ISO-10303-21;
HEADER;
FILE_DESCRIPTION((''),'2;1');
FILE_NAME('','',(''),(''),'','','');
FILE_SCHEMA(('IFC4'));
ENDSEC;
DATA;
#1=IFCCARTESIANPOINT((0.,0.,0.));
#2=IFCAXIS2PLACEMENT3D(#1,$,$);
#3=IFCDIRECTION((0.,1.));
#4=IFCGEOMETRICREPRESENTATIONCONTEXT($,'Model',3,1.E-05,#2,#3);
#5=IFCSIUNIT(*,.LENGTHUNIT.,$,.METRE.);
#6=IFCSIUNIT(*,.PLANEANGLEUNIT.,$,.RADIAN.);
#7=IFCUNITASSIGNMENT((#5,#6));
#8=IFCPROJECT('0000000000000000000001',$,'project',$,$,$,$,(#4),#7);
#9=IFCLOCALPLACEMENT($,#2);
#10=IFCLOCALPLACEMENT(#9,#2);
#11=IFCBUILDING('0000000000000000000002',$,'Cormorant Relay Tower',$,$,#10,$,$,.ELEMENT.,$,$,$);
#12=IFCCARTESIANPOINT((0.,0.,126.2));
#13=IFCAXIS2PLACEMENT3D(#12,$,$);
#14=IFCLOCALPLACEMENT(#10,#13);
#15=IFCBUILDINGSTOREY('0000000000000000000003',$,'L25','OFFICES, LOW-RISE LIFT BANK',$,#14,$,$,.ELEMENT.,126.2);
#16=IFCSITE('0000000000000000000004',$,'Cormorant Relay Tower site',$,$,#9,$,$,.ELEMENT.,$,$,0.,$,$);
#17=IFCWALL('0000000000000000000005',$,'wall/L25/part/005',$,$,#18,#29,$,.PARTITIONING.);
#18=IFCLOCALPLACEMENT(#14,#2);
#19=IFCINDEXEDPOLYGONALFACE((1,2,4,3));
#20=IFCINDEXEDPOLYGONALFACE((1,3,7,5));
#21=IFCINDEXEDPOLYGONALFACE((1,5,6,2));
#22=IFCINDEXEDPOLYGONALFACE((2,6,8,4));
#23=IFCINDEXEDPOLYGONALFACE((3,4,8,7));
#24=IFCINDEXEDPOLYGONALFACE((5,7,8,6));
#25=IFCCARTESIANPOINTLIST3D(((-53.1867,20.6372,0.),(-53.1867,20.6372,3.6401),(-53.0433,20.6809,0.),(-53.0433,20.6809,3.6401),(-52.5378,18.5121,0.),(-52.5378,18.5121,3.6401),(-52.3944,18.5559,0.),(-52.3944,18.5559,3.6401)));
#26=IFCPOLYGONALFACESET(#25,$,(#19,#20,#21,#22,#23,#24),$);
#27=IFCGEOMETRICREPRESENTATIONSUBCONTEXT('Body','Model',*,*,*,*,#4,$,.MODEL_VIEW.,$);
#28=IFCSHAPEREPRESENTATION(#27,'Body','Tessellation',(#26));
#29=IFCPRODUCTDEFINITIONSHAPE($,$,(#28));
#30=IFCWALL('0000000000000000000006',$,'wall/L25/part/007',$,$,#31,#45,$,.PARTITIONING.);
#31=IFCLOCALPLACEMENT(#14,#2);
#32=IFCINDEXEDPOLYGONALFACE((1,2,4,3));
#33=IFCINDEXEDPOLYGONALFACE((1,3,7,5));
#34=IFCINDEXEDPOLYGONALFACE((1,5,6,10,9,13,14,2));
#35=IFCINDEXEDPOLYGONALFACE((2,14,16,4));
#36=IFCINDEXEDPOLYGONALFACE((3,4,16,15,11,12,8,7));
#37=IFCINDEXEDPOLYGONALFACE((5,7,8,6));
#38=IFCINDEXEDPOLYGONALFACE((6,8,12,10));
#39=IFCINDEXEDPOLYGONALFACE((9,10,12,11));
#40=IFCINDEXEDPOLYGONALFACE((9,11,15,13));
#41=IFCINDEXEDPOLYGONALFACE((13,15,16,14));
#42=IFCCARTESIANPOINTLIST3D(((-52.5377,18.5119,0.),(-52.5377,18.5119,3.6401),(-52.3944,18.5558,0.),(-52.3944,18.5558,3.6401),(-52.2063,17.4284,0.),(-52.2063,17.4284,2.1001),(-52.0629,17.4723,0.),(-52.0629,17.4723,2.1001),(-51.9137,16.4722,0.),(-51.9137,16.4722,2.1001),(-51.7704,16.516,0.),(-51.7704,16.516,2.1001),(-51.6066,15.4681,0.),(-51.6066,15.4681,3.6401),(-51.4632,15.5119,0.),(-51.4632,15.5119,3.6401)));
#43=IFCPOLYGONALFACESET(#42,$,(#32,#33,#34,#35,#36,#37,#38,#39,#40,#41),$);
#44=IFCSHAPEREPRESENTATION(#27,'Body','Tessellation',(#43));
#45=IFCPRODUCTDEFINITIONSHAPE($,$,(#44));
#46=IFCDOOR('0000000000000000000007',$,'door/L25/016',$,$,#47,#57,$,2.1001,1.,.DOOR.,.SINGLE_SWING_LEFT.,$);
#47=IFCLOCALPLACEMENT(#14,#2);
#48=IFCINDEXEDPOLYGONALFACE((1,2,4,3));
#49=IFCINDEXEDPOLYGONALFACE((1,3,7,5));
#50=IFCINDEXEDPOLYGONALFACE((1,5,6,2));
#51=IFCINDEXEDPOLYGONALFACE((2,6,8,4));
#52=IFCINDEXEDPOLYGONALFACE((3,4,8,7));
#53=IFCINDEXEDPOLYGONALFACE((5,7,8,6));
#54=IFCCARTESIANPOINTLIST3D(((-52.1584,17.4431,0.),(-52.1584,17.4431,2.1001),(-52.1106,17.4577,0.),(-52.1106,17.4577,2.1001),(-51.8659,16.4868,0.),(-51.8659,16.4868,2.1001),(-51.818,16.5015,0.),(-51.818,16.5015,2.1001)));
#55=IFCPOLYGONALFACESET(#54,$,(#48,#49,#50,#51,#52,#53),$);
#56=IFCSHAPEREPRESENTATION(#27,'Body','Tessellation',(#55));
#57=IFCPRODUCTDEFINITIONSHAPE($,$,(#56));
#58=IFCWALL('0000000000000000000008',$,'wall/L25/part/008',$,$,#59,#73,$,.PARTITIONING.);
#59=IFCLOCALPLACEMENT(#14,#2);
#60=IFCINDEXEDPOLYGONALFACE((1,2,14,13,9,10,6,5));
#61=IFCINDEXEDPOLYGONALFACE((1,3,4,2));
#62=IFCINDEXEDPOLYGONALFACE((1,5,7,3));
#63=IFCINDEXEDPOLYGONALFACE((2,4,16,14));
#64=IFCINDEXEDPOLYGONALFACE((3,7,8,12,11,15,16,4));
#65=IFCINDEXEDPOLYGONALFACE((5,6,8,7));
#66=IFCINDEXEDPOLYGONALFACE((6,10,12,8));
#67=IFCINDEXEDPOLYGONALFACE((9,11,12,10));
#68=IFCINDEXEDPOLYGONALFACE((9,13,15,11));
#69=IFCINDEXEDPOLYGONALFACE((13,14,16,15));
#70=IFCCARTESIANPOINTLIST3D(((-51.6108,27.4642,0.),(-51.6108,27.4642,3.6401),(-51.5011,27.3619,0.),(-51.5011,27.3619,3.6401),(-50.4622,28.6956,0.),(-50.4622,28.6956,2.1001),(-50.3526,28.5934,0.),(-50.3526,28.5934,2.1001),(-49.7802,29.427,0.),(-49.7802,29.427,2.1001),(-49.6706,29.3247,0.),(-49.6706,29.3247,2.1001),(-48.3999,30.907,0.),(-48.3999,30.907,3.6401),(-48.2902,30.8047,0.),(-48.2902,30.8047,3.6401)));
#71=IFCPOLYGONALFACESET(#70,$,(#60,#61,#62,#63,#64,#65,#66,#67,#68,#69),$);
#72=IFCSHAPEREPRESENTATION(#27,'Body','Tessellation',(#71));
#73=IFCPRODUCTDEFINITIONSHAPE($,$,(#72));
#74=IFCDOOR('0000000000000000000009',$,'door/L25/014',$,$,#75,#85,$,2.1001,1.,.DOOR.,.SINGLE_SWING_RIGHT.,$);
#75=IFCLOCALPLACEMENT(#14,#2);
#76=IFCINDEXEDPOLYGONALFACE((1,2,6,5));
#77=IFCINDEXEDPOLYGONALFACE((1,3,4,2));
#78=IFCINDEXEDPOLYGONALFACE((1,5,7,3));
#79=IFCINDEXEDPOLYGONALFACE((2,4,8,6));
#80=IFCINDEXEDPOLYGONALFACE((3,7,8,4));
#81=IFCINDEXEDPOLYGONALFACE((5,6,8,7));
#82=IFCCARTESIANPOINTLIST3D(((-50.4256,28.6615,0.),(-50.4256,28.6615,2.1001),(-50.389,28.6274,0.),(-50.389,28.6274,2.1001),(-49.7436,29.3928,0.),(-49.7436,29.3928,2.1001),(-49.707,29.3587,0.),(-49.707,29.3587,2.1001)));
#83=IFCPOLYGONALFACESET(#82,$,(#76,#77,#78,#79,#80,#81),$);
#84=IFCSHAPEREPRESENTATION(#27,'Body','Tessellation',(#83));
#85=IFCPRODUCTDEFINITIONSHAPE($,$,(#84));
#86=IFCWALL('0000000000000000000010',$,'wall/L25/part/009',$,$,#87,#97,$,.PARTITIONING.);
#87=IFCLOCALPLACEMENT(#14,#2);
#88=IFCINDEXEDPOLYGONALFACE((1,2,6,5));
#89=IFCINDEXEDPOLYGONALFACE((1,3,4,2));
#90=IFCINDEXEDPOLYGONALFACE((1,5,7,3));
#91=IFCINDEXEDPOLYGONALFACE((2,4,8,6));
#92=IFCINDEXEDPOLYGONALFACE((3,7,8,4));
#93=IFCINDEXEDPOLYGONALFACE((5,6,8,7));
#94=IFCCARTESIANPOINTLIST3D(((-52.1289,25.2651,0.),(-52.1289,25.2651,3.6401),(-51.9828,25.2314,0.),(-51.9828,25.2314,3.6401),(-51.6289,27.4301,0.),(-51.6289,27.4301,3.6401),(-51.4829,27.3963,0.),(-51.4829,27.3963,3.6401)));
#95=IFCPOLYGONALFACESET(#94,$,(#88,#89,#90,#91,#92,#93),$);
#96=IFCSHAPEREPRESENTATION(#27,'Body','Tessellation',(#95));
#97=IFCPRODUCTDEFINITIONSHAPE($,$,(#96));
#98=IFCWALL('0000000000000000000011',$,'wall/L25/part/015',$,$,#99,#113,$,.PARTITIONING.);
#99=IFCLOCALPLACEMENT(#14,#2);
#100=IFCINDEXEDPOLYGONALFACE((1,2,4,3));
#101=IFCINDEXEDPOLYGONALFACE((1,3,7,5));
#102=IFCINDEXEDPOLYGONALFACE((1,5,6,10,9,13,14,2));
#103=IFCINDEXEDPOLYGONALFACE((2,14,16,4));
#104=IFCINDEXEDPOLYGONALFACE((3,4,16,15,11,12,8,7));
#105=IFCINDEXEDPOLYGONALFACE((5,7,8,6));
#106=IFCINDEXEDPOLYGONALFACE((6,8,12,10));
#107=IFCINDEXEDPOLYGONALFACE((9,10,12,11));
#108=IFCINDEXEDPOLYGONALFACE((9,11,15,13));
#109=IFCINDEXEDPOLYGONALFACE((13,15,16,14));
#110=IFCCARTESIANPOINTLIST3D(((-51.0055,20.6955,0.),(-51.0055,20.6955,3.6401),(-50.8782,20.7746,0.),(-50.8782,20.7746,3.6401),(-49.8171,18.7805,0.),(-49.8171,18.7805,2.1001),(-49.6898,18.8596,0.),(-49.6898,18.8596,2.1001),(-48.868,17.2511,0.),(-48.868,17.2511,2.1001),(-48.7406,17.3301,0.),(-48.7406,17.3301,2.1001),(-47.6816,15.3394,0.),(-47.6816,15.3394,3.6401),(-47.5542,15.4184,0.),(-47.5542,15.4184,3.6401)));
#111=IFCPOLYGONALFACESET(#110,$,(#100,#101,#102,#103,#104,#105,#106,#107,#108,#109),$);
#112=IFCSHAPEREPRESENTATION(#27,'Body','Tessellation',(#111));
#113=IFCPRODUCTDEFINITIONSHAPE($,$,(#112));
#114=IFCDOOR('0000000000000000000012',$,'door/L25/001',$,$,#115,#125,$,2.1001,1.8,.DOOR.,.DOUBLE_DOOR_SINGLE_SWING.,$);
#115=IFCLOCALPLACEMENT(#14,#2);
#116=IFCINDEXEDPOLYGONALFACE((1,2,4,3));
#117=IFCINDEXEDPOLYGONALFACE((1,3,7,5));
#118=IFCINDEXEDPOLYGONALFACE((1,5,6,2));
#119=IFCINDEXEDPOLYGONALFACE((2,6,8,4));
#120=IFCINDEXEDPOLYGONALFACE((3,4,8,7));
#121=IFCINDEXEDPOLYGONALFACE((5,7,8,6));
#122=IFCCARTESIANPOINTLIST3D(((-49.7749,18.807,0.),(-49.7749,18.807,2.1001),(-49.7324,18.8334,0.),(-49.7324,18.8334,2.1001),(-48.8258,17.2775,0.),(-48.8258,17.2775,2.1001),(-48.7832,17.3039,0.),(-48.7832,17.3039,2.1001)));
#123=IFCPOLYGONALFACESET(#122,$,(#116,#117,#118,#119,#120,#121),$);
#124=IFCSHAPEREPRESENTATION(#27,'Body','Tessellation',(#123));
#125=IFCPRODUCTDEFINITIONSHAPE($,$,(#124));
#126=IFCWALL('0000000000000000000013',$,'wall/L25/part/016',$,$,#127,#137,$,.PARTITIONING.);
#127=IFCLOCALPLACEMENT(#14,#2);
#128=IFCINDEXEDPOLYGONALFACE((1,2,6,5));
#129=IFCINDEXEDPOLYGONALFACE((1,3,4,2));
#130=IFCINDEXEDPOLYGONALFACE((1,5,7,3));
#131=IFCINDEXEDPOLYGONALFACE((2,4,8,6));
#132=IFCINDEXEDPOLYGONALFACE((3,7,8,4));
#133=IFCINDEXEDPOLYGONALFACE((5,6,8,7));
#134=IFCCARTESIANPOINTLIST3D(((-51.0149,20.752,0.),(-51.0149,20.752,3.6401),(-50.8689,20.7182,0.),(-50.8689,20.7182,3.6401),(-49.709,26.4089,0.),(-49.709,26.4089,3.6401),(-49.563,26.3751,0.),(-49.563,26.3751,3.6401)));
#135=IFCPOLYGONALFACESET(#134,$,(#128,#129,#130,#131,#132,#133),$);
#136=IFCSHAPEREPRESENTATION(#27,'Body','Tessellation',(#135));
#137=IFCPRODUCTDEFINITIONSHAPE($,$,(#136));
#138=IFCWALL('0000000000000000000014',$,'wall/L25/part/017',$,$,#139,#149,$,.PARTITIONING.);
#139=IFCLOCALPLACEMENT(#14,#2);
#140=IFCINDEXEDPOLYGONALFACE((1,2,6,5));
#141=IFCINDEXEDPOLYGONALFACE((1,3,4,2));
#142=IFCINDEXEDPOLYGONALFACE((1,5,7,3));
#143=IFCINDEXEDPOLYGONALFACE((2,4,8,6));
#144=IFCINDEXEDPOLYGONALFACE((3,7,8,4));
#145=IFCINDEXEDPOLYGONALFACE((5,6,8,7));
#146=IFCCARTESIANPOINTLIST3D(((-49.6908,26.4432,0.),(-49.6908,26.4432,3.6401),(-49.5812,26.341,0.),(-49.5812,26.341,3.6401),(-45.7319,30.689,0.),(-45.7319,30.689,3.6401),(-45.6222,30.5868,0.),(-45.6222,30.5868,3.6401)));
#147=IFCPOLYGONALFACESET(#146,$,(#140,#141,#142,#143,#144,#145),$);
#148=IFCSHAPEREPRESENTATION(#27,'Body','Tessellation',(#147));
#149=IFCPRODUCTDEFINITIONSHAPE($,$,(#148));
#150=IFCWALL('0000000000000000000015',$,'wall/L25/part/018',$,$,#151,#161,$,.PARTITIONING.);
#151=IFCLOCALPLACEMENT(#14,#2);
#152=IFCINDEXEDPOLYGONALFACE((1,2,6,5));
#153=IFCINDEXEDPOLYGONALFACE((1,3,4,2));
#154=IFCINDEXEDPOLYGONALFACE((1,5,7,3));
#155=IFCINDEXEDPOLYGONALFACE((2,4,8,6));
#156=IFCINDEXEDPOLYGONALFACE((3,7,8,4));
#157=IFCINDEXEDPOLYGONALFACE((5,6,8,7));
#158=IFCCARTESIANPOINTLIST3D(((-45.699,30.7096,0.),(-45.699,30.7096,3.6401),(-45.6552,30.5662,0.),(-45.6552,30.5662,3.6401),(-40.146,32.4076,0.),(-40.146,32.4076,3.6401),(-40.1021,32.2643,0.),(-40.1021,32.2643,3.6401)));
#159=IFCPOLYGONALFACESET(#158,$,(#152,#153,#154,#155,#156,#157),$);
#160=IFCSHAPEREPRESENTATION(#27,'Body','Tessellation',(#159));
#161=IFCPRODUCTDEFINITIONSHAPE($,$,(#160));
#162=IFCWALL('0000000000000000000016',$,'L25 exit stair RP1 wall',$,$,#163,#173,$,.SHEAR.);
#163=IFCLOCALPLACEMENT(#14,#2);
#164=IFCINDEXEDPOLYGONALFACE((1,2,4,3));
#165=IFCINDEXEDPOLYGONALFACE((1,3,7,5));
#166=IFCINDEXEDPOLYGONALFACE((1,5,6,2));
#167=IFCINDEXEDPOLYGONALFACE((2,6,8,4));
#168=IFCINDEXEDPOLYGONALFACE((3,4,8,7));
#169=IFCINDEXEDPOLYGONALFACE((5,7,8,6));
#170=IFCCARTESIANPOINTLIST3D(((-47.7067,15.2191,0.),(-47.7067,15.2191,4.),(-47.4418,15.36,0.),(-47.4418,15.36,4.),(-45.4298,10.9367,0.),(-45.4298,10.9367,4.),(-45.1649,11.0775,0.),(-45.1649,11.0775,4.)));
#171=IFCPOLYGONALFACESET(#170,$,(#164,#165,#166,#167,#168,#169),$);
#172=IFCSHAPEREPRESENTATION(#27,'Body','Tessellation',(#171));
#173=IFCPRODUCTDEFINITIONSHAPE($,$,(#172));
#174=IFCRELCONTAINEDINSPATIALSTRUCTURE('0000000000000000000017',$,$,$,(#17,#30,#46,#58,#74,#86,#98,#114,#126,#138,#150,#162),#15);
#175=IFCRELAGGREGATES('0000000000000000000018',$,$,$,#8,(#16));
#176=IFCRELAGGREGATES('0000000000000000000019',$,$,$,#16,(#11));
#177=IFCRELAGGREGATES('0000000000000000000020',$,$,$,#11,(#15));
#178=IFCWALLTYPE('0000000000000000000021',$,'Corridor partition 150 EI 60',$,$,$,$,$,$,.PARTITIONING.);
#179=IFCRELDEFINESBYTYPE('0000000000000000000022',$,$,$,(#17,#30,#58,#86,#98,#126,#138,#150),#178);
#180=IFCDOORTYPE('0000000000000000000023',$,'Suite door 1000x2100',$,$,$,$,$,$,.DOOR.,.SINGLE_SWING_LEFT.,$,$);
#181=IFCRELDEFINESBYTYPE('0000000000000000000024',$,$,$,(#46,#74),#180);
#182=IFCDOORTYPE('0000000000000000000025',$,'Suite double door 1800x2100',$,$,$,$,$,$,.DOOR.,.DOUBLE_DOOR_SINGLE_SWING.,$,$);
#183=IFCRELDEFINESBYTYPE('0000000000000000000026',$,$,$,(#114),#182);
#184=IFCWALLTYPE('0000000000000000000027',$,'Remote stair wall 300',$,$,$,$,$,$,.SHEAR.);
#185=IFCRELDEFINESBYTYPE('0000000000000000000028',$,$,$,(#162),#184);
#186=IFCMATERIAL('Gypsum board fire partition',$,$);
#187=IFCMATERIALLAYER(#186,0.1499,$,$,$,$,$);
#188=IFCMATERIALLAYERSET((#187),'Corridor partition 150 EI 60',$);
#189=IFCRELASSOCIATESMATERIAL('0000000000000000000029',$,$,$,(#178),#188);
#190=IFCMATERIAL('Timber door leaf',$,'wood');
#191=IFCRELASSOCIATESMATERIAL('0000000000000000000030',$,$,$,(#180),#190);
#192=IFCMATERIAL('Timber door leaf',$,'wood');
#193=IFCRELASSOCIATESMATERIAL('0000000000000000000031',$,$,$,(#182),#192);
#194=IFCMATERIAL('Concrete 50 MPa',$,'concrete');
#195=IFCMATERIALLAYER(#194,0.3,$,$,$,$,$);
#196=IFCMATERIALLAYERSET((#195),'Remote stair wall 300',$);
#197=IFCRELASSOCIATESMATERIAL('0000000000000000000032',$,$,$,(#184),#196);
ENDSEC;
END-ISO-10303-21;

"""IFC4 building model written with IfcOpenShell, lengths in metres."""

from ifc_helpers import new_model, si_unit, direction, frame, frame_2d, origin, place, context, subcontext, project, spatial, rectangle, extrude, material, layer, layer_set, type_object, element, fill, save


model = new_model("IFC4")

# Units and contexts
model_context = context("Model", 3, precision=1e-05, world=origin(), true_north=direction((0.0, 1.0)))
body_context = subcontext(model_context, "Body", "Model", "MODEL_VIEW")
ifc_project = project(units=[si_unit("LENGTHUNIT", "METRE"), si_unit("PLANEANGLEUNIT", "RADIAN")], contexts=[model_context])

# Site, building, storey
site_placement = place(None, origin())
site = spatial("IfcSite", under=ifc_project, at=site_placement, Name="Cormorant Relay Tower site", CompositionType="ELEMENT", RefElevation=0.0)
building_placement = place(site_placement, origin())
building = spatial("IfcBuilding", under=site, at=building_placement, Name="Cormorant Relay Tower", CompositionType="ELEMENT")
storey_placement = place(building_placement, frame((0.0, 0.0, 126.2)))
storey = spatial("IfcBuildingStorey", under=building, at=storey_placement, Name="L25", Description="OFFICES, LOW-RISE LIFT BANK", CompositionType="ELEMENT", Elevation=126.2)

# Shared definitions
ifc_material_1 = material(Name="Gypsum board fire partition")
ifc_layer_1 = layer(ifc_material_1, 0.1499)
ifc_layer_set_1 = layer_set([ifc_layer_1], Name="Corridor partition 150 EI 60")
wall_type_1 = type_object("IfcWallType", Name="Corridor partition 150 EI 60", PredefinedType="PARTITIONING", material=ifc_layer_set_1)
ifc_material_2 = material(Name="Timber door leaf", Category="wood")
door_type_1 = type_object("IfcDoorType", Name="Suite door 1000x2100", OperationType="SINGLE_SWING_LEFT", PredefinedType="DOOR", material=ifc_material_2)

# Wall
wall_1_placement = place(storey_placement, frame((-53.115, 20.6589, 0.0), z_axis=(0.0, 0.0, 1.0), x_axis=(0.292062, -0.956399, 0.0)))
element("IfcWall", 1, at=wall_1_placement, inside=storey, type_object=wall_type_1, Name="wall/L25/part/005", PredefinedType="PARTITIONING", context=body_context, shape_type="SweptSolid", body=[
    extrude(rectangle(XDim=2.2219, YDim=0.1499, at=frame_2d((1.1108, 0.0))), origin(), (0.0, 0.0, 1.0), 3.6401),
])

# Walls, openings, doors
wall_2_placement = place(storey_placement, frame((-51.5349, 15.49, 0.0), z_axis=(0.0, 0.0, 1.0), x_axis=(-0.292522, 0.956259, 0.0)))
wall_2 = element("IfcWall", 2, at=wall_2_placement, inside=storey, type_object=wall_type_1, Name="wall/L25/part/007", PredefinedType="PARTITIONING", context=body_context, shape_type="SweptSolid", body=[
    extrude(rectangle(XDim=3.1831, YDim=0.1499, at=frame_2d((1.5916, 0.0))), origin(), (0.0, 0.0, 1.0), 3.6401),
])
opening_1_placement = place(wall_2_placement, frame((1.05, 0.0, 0.0)))
opening_1 = element("IfcOpeningElement", 3, at=opening_1_placement, cuts=wall_2, PredefinedType="OPENING", context=body_context, shape_type="SweptSolid", body=[
    extrude(rectangle(XDim=1.0, YDim=2.1001, at=frame_2d((0.5, 1.05))), frame((0.0, 0.085, 0.0), z_axis=(0.0, -1.0, 0.0), x_axis=(1.0, 0.0, 0.0)), (0.0, 0.0, 1.0), 0.1699),
])
door_1_placement = place(opening_1_placement, origin())
door_1 = element("IfcDoor", 4, at=door_1_placement, inside=storey, type_object=door_type_1, Name="door/L25/016", OperationType="SINGLE_SWING_LEFT", OverallHeight=2.1001, OverallWidth=1.0, PredefinedType="DOOR", context=body_context, shape_type="SweptSolid", body=[
    extrude(rectangle(XDim=1.0, YDim=2.1001, at=frame_2d((0.5, 1.05))), frame((0.0, 0.0249, 0.0), z_axis=(0.0, -1.0, 0.0), x_axis=(1.0, 0.0, 0.0)), (0.0, 0.0, 1.0), 0.05),
])
fill(opening_1, door_1)
wall_3_placement = place(storey_placement, frame((-48.345, 30.856, 0.0), z_axis=(0.0, 0.0, 1.0), x_axis=(-0.682045, -0.73131, 0.0)))
wall_3 = element("IfcWall", 5, at=wall_3_placement, inside=storey, type_object=wall_type_1, Name="wall/L25/part/008", PredefinedType="PARTITIONING", context=body_context, shape_type="SweptSolid", body=[
    extrude(rectangle(XDim=4.7078, YDim=0.1499, at=frame_2d((2.354, 0.0))), origin(), (0.0, 0.0, 1.0), 3.6401),
])
opening_2_placement = place(wall_3_placement, frame((2.0239, 0.0, 0.0)))
opening_2 = element("IfcOpeningElement", 6, at=opening_2_placement, cuts=wall_3, PredefinedType="OPENING", context=body_context, shape_type="SweptSolid", body=[
    extrude(rectangle(XDim=1.0, YDim=2.1001, at=frame_2d((0.5, 1.05))), frame((0.0, 0.085, 0.0), z_axis=(0.0, -1.0, 0.0), x_axis=(1.0, 0.0, 0.0)), (0.0, 0.0, 1.0), 0.1699),
])
door_2_placement = place(opening_2_placement, frame((1.0, 0.0, 0.0), z_axis=(0.0, 0.0, 1.0), x_axis=(-1.0, 0.0, 0.0)))
door_2 = element("IfcDoor", 7, at=door_2_placement, inside=storey, type_object=door_type_1, Name="door/L25/014", OperationType="SINGLE_SWING_RIGHT", OverallHeight=2.1001, OverallWidth=1.0, PredefinedType="DOOR", context=body_context, shape_type="SweptSolid", body=[
    extrude(rectangle(XDim=1.0, YDim=2.1001, at=frame_2d((0.5, 1.05))), frame((0.0, 0.0249, 0.0), z_axis=(0.0, -1.0, 0.0), x_axis=(1.0, 0.0, 0.0)), (0.0, 0.0, 1.0), 0.05),
])
fill(opening_2, door_2)

# Wall
wall_4_placement = place(storey_placement, frame((-51.5559, 27.4131, 0.0), z_axis=(0.0, 0.0, 1.0), x_axis=(-0.22502, -0.974354, 0.0)))
element("IfcWall", 8, at=wall_4_placement, inside=storey, type_object=wall_type_1, Name="wall/L25/part/009", PredefinedType="PARTITIONING", context=body_context, shape_type="SweptSolid", body=[
    extrude(rectangle(XDim=2.2219, YDim=0.1499, at=frame_2d((1.1108, 0.0))), origin(), (0.0, 0.0, 1.0), 3.6401),
])

# Wall, opening, door
wall_5_placement = place(storey_placement, frame((-47.6179, 15.3789, 0.0), z_axis=(0.0, 0.0, 1.0), x_axis=(-0.527298, 0.84968, 0.0)))
wall_5 = element("IfcWall", 9, at=wall_5_placement, inside=storey, type_object=wall_type_1, Name="wall/L25/part/015", PredefinedType="PARTITIONING", context=body_context, shape_type="SweptSolid", body=[
    extrude(rectangle(XDim=6.3037, YDim=0.1499, at=frame_2d((3.1519, 0.0))), origin(), (0.0, 0.0, 1.0), 3.6401),
])
opening_3_placement = place(wall_5_placement, frame((2.25, 0.0, 0.0)))
opening_3 = element("IfcOpeningElement", 10, at=opening_3_placement, cuts=wall_5, PredefinedType="OPENING", context=body_context, shape_type="SweptSolid", body=[
    extrude(rectangle(XDim=1.8, YDim=2.1001, at=frame_2d((0.8999, 1.05))), frame((0.0, 0.085, 0.0), z_axis=(0.0, -1.0, 0.0), x_axis=(1.0, 0.0, 0.0)), (0.0, 0.0, 1.0), 0.1699),
])
ifc_material_3 = material(Name="Timber door leaf", Category="wood")
door_type_2 = type_object("IfcDoorType", Name="Suite double door 1800x2100", OperationType="DOUBLE_DOOR_SINGLE_SWING", PredefinedType="DOOR", material=ifc_material_3)
door_3_placement = place(opening_3_placement, frame((1.8, 0.0, 0.0), z_axis=(0.0, 0.0, 1.0), x_axis=(-1.0, 0.0, 0.0)))
door_3 = element("IfcDoor", 11, at=door_3_placement, inside=storey, type_object=door_type_2, Name="door/L25/001", OperationType="DOUBLE_DOOR_SINGLE_SWING", OverallHeight=2.1001, OverallWidth=1.8, PredefinedType="DOOR", context=body_context, shape_type="SweptSolid", body=[
    extrude(rectangle(XDim=1.8, YDim=2.1001, at=frame_2d((0.8999, 1.05))), frame((0.0, 0.0249, 0.0), z_axis=(0.0, -1.0, 0.0), x_axis=(1.0, 0.0, 0.0)), (0.0, 0.0, 1.0), 0.05),
])
fill(opening_3, door_3)

# Walls
wall_6_placement = place(storey_placement, frame((-50.9419, 20.7351, 0.0), z_axis=(0.0, 0.0, 1.0), x_axis=(0.224933, 0.974374, 0.0)))
element("IfcWall", 12, at=wall_6_placement, inside=storey, type_object=wall_type_1, Name="wall/L25/part/016", PredefinedType="PARTITIONING", context=body_context, shape_type="SweptSolid", body=[
    extrude(rectangle(XDim=5.8057, YDim=0.1499, at=frame_2d((2.9028, 0.0))), origin(), (0.0, 0.0, 1.0), 3.6401),
])
wall_7_placement = place(storey_placement, frame((-49.636, 26.3921, 0.0), z_axis=(0.0, 0.0, 1.0), x_axis=(0.681968, 0.731382, 0.0)))
element("IfcWall", 13, at=wall_7_placement, inside=storey, type_object=wall_type_1, Name="wall/L25/part/017", PredefinedType="PARTITIONING", context=body_context, shape_type="SweptSolid", body=[
    extrude(rectangle(XDim=5.8052, YDim=0.1499, at=frame_2d((2.9026, 0.0))), origin(), (0.0, 0.0, 1.0), 3.6401),
])
wall_8_placement = place(storey_placement, frame((-45.677, 30.6379, 0.0), z_axis=(0.0, 0.0, 1.0), x_axis=(0.956291, 0.292416, 0.0)))
element("IfcWall", 14, at=wall_8_placement, inside=storey, type_object=wall_type_1, Name="wall/L25/part/018", PredefinedType="PARTITIONING", context=body_context, shape_type="SweptSolid", body=[
    extrude(rectangle(XDim=5.8069, YDim=0.1499, at=frame_2d((2.9033, 0.0))), origin(), (0.0, 0.0, 1.0), 3.6401),
])
ifc_material_4 = material(Name="Concrete 50 MPa", Category="concrete")
ifc_layer_2 = layer(ifc_material_4, 0.3)
ifc_layer_set_2 = layer_set([ifc_layer_2], Name="Remote stair wall 300")
wall_type_2 = type_object("IfcWallType", Name="Remote stair wall 300", PredefinedType="SHEAR", material=ifc_layer_set_2)
wall_9_placement = place(storey_placement, frame((-47.5742, 15.2896, 0.0), z_axis=(0.0, 0.0, 1.0), x_axis=(0.469443, -0.882963, 0.0)))
element("IfcWall", 15, at=wall_9_placement, inside=storey, type_object=wall_type_2, Name="L25 exit stair RP1 wall", PredefinedType="SHEAR", context=body_context, shape_type="SweptSolid", body=[
    extrude(rectangle(XDim=4.8501, YDim=0.3, at=frame_2d((2.425, 0.0))), origin(), (0.0, 0.0, 1.0), 4.0),
])

save(model, "model.ifc")
